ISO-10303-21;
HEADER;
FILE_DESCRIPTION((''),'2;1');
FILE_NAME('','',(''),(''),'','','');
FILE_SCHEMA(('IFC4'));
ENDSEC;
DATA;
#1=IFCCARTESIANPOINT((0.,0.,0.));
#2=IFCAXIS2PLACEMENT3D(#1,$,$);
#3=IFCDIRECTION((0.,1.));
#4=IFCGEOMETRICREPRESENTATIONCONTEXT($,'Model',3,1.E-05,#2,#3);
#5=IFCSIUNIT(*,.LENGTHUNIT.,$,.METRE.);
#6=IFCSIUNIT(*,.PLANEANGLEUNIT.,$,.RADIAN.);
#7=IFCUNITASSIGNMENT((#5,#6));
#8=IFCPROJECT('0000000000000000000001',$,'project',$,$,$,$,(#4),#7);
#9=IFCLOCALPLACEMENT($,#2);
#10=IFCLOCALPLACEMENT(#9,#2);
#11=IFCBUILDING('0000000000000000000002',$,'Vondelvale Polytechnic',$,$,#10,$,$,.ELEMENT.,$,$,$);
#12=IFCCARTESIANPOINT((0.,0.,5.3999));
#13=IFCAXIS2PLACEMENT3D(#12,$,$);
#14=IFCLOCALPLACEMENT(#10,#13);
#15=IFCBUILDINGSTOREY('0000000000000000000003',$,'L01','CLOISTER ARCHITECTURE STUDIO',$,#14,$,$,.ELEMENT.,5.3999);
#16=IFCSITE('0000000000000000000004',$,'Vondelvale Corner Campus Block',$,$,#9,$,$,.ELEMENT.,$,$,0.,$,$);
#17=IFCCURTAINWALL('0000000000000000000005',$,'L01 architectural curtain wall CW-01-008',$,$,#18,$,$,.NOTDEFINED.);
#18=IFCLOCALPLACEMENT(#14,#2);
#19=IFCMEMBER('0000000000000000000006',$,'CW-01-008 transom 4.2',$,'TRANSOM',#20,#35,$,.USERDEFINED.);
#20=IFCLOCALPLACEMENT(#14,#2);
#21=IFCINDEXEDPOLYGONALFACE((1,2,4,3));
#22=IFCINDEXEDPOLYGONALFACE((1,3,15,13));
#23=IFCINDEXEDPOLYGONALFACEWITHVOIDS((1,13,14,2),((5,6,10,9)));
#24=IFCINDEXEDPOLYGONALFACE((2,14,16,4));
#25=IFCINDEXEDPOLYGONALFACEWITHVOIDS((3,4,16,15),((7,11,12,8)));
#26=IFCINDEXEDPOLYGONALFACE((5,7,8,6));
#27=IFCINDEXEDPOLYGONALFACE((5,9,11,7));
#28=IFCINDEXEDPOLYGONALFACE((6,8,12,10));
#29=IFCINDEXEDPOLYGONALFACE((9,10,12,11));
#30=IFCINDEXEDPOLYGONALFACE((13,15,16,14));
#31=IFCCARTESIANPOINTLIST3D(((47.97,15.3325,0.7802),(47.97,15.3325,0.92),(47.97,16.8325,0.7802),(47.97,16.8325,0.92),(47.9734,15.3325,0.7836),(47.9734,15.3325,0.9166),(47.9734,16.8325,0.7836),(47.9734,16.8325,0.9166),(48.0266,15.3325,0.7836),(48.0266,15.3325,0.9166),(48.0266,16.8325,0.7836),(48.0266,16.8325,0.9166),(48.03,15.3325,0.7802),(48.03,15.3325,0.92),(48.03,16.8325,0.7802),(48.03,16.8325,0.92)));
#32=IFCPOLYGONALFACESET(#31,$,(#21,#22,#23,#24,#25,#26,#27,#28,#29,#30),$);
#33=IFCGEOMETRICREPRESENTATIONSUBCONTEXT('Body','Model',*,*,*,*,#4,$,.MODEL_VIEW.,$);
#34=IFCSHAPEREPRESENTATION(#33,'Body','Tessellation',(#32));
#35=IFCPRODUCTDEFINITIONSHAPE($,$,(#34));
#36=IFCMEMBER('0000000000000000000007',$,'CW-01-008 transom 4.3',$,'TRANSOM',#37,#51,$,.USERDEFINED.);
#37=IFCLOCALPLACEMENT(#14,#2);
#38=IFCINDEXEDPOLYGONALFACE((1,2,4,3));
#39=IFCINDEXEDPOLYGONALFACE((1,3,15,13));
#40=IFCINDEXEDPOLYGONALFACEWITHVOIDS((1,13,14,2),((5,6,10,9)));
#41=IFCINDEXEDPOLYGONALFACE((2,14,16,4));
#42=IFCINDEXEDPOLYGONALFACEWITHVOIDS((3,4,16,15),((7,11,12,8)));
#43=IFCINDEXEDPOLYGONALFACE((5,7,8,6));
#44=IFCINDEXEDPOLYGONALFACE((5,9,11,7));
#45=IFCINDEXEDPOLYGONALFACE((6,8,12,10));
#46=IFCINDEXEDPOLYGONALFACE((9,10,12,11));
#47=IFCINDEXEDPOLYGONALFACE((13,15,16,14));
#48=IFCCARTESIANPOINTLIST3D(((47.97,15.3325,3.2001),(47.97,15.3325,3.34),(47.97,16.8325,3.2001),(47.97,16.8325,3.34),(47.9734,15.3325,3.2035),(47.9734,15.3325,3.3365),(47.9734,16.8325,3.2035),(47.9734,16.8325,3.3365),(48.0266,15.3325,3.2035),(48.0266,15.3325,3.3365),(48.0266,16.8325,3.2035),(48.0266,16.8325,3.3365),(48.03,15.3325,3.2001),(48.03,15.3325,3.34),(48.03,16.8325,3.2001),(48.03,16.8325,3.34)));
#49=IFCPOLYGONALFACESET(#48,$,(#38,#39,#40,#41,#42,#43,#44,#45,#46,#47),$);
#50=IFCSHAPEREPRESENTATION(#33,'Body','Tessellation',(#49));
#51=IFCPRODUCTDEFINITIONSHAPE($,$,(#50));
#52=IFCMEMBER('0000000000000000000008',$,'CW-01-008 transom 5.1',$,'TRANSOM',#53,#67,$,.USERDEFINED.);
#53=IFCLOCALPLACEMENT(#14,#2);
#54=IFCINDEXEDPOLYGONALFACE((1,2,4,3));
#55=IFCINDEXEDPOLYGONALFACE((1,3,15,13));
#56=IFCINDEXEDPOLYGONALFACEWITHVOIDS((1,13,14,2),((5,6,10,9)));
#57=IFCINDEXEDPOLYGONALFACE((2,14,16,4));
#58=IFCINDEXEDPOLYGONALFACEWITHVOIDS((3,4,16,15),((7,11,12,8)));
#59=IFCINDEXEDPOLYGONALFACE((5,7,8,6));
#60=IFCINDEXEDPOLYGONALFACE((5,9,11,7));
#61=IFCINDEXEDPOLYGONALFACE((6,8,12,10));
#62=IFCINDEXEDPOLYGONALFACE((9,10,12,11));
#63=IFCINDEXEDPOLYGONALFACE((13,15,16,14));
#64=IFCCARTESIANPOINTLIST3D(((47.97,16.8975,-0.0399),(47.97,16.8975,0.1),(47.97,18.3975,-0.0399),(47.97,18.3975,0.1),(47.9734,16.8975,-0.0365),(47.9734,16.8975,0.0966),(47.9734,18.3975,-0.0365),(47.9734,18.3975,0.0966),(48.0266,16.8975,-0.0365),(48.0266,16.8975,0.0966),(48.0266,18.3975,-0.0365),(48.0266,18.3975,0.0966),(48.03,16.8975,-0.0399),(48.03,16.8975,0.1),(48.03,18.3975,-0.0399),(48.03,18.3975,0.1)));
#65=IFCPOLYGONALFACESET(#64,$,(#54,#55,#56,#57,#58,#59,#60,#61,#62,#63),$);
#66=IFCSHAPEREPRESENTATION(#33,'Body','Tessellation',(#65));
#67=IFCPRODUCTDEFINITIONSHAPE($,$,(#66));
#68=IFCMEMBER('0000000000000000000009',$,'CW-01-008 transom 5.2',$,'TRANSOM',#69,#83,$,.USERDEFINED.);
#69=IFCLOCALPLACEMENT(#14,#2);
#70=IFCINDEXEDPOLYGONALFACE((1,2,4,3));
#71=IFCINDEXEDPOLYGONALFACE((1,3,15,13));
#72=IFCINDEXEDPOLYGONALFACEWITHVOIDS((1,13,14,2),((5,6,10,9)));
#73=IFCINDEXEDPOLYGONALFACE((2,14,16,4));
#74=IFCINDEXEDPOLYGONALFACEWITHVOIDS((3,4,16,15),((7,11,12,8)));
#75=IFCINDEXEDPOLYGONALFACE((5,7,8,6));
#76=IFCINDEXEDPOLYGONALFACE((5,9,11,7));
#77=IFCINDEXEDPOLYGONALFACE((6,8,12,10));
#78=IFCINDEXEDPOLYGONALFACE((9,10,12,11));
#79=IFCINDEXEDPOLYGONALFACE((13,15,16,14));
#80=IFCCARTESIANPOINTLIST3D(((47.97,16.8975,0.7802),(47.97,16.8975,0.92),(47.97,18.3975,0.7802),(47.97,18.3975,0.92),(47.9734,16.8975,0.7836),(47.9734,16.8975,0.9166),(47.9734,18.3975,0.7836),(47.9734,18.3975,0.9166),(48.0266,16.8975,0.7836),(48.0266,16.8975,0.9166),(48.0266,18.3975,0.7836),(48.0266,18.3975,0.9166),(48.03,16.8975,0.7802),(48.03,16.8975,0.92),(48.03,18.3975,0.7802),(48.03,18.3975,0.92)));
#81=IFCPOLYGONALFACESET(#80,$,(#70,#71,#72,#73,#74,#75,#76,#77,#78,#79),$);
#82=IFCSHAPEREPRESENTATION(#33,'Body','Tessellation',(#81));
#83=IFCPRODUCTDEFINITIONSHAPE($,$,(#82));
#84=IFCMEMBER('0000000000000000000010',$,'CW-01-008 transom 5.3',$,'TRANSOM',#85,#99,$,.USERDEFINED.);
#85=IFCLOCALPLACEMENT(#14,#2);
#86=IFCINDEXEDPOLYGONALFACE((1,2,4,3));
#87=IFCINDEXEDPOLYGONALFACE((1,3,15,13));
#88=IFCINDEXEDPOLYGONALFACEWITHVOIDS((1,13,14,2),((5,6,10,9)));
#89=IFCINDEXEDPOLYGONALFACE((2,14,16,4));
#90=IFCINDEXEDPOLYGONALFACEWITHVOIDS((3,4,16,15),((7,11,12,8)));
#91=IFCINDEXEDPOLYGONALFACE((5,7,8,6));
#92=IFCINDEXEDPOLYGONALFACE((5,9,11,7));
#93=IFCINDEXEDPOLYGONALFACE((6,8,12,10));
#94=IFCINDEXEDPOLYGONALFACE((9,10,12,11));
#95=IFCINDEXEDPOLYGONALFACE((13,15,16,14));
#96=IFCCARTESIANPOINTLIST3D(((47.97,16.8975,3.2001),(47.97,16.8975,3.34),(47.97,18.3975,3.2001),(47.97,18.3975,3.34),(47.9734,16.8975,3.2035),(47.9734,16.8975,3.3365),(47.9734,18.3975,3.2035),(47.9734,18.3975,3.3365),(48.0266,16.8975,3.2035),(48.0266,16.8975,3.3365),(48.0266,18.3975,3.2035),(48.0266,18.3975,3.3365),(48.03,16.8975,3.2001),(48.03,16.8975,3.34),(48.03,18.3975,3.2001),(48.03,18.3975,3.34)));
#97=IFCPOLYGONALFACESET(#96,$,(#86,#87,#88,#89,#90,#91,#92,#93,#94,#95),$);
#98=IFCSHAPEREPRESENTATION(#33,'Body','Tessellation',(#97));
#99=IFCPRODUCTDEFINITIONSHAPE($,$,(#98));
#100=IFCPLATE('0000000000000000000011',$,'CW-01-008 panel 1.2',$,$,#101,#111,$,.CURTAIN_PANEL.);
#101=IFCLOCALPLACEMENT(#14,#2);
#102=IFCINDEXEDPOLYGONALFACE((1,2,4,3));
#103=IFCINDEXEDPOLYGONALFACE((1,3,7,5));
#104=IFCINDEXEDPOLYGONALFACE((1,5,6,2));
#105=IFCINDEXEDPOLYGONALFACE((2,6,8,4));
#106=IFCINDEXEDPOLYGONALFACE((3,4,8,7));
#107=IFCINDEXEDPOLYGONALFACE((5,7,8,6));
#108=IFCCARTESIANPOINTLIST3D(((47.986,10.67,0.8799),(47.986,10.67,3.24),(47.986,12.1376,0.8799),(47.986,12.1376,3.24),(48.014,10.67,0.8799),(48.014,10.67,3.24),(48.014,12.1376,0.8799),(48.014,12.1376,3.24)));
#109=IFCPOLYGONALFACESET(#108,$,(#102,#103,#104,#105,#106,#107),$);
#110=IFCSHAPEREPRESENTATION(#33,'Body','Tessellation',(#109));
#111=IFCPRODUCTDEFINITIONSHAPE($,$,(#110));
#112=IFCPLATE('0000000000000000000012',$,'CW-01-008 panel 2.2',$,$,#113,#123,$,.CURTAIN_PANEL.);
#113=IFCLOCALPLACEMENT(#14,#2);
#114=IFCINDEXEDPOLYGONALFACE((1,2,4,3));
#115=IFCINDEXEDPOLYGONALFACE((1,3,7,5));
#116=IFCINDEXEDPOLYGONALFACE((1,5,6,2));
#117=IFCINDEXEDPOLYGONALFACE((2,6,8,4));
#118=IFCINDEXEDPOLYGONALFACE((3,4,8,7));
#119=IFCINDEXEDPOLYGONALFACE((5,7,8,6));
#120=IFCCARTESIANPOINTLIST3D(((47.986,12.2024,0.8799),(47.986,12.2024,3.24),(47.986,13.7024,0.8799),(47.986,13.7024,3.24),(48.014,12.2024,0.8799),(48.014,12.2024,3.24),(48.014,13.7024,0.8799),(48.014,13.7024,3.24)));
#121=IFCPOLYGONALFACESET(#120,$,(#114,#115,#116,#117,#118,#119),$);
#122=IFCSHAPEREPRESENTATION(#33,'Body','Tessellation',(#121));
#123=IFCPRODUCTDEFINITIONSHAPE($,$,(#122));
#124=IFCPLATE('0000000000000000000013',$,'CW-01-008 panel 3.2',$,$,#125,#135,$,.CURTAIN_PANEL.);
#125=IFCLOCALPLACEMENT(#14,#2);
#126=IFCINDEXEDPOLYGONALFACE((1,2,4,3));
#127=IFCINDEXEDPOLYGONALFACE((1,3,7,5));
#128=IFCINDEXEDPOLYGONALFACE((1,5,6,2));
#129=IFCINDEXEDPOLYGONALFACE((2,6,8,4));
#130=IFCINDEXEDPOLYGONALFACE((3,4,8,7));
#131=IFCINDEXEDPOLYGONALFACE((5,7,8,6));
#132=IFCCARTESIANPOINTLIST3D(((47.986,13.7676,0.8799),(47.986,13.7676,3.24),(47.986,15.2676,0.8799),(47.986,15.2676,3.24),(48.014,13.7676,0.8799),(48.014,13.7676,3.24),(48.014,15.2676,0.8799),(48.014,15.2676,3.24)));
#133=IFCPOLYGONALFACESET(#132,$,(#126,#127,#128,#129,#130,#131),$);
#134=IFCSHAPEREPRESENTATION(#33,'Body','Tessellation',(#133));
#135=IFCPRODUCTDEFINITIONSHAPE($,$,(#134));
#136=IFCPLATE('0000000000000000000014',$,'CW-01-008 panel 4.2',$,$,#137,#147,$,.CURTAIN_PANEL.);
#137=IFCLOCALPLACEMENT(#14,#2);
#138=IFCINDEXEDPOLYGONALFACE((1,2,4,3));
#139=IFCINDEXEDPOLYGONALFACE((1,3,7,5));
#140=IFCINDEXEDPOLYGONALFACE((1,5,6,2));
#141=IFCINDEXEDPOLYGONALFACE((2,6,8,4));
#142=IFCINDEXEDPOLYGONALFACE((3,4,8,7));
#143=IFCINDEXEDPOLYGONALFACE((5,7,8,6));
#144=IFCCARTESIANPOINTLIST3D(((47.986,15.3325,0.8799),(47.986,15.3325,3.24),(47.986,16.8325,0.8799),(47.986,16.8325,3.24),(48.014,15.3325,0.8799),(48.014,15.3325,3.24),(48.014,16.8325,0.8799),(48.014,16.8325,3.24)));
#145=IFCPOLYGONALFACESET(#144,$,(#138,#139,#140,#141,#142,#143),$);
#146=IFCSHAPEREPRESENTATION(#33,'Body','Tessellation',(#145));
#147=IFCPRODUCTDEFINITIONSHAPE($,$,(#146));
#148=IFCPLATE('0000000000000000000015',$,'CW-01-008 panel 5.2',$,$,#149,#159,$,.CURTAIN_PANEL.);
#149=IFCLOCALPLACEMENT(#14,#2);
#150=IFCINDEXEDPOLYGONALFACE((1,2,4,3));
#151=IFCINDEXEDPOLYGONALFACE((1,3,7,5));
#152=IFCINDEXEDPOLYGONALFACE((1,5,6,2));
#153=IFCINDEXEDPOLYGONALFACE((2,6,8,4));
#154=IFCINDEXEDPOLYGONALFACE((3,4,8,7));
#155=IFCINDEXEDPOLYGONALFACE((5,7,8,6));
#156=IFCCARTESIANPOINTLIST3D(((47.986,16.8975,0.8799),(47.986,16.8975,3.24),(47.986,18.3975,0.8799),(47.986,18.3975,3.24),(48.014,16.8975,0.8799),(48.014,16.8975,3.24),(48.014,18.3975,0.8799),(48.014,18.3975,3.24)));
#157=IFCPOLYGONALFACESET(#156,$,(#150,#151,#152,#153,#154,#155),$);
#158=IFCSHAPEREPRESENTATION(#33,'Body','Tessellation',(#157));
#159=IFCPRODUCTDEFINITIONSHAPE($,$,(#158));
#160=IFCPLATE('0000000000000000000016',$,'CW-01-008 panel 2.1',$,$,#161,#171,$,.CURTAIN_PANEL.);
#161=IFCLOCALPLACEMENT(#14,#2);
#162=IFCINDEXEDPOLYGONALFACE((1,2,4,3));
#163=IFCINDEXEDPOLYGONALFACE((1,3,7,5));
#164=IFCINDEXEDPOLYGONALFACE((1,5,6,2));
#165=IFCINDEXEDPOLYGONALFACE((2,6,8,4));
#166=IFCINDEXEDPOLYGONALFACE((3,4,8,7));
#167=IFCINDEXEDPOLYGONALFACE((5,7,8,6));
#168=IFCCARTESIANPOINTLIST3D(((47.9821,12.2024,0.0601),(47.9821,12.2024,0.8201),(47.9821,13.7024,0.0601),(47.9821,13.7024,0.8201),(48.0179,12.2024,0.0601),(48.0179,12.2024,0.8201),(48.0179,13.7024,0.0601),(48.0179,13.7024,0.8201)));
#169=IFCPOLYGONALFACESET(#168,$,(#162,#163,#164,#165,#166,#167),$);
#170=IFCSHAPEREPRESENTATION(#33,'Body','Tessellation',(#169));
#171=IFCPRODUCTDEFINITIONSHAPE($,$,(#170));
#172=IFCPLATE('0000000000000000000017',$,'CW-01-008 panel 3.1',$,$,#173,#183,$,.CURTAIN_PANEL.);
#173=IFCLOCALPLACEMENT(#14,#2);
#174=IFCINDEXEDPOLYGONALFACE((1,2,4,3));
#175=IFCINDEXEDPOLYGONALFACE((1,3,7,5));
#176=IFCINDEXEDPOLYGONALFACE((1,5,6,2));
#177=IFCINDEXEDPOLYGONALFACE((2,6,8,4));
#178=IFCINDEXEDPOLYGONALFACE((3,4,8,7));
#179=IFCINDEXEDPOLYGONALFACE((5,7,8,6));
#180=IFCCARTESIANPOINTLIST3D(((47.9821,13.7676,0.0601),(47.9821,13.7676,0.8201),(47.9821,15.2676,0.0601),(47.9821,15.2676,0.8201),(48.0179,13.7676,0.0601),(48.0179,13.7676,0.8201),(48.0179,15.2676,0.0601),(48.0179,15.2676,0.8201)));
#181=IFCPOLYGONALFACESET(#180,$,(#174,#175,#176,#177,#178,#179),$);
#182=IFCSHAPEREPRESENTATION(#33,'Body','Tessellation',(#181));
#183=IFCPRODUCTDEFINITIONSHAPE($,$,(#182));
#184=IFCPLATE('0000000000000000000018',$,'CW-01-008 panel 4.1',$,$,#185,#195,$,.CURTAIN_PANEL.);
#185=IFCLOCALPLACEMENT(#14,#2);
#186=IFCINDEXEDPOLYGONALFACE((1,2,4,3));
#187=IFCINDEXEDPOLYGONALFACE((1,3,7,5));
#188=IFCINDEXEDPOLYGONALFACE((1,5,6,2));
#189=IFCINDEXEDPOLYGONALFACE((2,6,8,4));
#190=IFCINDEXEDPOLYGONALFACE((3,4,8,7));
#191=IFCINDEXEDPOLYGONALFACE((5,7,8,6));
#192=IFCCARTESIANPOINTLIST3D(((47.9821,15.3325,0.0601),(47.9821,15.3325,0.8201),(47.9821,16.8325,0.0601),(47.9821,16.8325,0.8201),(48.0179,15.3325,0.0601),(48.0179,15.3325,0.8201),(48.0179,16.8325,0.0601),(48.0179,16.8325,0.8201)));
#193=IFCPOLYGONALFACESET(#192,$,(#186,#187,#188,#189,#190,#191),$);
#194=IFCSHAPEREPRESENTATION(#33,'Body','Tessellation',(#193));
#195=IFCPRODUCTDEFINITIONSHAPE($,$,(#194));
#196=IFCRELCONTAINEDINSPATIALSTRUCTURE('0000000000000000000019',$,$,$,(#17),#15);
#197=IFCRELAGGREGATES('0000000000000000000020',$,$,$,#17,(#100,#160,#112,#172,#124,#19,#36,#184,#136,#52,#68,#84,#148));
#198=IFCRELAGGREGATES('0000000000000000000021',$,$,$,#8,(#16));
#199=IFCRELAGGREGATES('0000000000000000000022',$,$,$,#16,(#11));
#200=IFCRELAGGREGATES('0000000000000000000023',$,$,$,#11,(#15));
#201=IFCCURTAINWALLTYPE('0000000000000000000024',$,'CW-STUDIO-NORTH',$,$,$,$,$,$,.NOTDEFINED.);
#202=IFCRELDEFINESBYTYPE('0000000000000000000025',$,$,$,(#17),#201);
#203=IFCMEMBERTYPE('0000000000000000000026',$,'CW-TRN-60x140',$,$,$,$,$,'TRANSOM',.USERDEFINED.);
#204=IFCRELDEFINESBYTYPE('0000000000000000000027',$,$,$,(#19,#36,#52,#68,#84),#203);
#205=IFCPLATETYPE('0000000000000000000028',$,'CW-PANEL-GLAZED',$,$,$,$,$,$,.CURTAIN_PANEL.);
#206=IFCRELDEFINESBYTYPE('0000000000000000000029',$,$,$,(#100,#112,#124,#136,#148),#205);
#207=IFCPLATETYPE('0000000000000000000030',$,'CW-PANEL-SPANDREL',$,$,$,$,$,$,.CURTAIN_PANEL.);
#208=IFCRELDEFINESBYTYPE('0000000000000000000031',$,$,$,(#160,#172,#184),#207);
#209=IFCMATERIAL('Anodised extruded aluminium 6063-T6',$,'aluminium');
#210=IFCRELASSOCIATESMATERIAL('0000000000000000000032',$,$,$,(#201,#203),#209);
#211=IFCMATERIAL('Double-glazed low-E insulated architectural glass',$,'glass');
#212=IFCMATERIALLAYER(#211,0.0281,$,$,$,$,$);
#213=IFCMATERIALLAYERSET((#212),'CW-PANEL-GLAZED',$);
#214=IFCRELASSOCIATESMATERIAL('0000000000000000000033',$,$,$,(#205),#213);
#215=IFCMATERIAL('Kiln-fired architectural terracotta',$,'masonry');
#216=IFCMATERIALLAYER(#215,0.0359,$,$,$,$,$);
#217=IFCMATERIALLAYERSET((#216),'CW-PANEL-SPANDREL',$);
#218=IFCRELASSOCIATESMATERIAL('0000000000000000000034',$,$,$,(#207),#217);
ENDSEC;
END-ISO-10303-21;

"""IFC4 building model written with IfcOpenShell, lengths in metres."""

from ifc_helpers import new_model, si_unit, direction, frame, origin, origin_2d, place, context, subcontext, project, spatial, rectangle, hollow_rectangle, extrude, material, layer, layer_set, material_profile, profile_set, type_object, element, aggregate, save


model = new_model("IFC4")

# Units and contexts
model_context = context("Model", 3, precision=1e-05, world=origin(), true_north=direction((0.0, 1.0)))
body_context = subcontext(model_context, "Body", "Model", "MODEL_VIEW")
ifc_project = project(units=[si_unit("LENGTHUNIT", "METRE"), si_unit("PLANEANGLEUNIT", "RADIAN")], contexts=[model_context])

# Site, building, storey
site_placement = place(None, origin())
site = spatial("IfcSite", under=ifc_project, at=site_placement, Name="Vondelvale Corner Campus Block", CompositionType="ELEMENT", RefElevation=0.0)
building_placement = place(site_placement, origin())
building = spatial("IfcBuilding", under=site, at=building_placement, Name="Vondelvale Polytechnic", CompositionType="ELEMENT")
storey_placement = place(building_placement, frame((0.0, 0.0, 5.3999)))
storey = spatial("IfcBuildingStorey", under=building, at=storey_placement, Name="L01", Description="CLOISTER ARCHITECTURE STUDIO", CompositionType="ELEMENT", Elevation=5.3999)

# Curtain wall, members, plates
ifc_material_1 = material(Name="Anodised extruded aluminium 6063-T6", Category="aluminium")
curtain_wall_type = type_object("IfcCurtainWallType", Name="CW-STUDIO-NORTH", PredefinedType="NOTDEFINED", material=ifc_material_1)
curtain_wall_placement = place(storey_placement, origin())
curtain_wall = element("IfcCurtainWall", 1, at=curtain_wall_placement, inside=storey, type_object=curtain_wall_type, Name="L01 architectural curtain wall CW-01-008", PredefinedType="NOTDEFINED")
ifc_material_profile_1 = material_profile(ifc_material_1, hollow_rectangle(XDim=0.0601, YDim=0.1399, WallThickness=0.0034, at=origin_2d()), Name="CW-TRN-140x60")
ifc_profile_set_1 = profile_set([ifc_material_profile_1], Name="Anodised extruded aluminium 6063-T6")
member_type_1 = type_object("IfcMemberType", Name="CW-TRN-60x140", ElementType="TRANSOM", PredefinedType="USERDEFINED", material=ifc_profile_set_1)
member_1_placement = place(storey_placement, frame((48.0, 15.3325, 0.8501), z_axis=(0.0, 1.0, 0.0), x_axis=(-1.0, 0.0, 0.0)))
member_1 = element("IfcMember", 2, at=member_1_placement, type_object=member_type_1, Name="CW-01-008 transom 4.2", ObjectType="TRANSOM", PredefinedType="USERDEFINED", context=body_context, shape_type="SweptSolid", body=[
    extrude(hollow_rectangle(XDim=0.0601, YDim=0.1399, WallThickness=0.0034, at=origin_2d()), origin(), (0.0, 0.0, 1.0), 1.5),
])
member_2_placement = place(storey_placement, frame((48.0, 15.3325, 3.27), z_axis=(0.0, 1.0, 0.0), x_axis=(-1.0, 0.0, 0.0)))
member_2 = element("IfcMember", 3, at=member_2_placement, type_object=member_type_1, Name="CW-01-008 transom 4.3", ObjectType="TRANSOM", PredefinedType="USERDEFINED", context=body_context, shape_type="SweptSolid", body=[
    extrude(hollow_rectangle(XDim=0.0601, YDim=0.1399, WallThickness=0.0034, at=origin_2d()), origin(), (0.0, 0.0, 1.0), 1.5),
])
member_3_placement = place(storey_placement, frame((48.0, 16.8975, 0.03), z_axis=(0.0, 1.0, 0.0), x_axis=(-1.0, 0.0, 0.0)))
member_3 = element("IfcMember", 4, at=member_3_placement, type_object=member_type_1, Name="CW-01-008 transom 5.1", ObjectType="TRANSOM", PredefinedType="USERDEFINED", context=body_context, shape_type="SweptSolid", body=[
    extrude(hollow_rectangle(XDim=0.0601, YDim=0.1399, WallThickness=0.0034, at=origin_2d()), origin(), (0.0, 0.0, 1.0), 1.5),
])
member_4_placement = place(storey_placement, frame((48.0, 16.8975, 0.8501), z_axis=(0.0, 1.0, 0.0), x_axis=(-1.0, 0.0, 0.0)))
member_4 = element("IfcMember", 5, at=member_4_placement, type_object=member_type_1, Name="CW-01-008 transom 5.2", ObjectType="TRANSOM", PredefinedType="USERDEFINED", context=body_context, shape_type="SweptSolid", body=[
    extrude(hollow_rectangle(XDim=0.0601, YDim=0.1399, WallThickness=0.0034, at=origin_2d()), origin(), (0.0, 0.0, 1.0), 1.5),
])
member_5_placement = place(storey_placement, frame((48.0, 16.8975, 3.27), z_axis=(0.0, 1.0, 0.0), x_axis=(-1.0, 0.0, 0.0)))
member_5 = element("IfcMember", 6, at=member_5_placement, type_object=member_type_1, Name="CW-01-008 transom 5.3", ObjectType="TRANSOM", PredefinedType="USERDEFINED", context=body_context, shape_type="SweptSolid", body=[
    extrude(hollow_rectangle(XDim=0.0601, YDim=0.1399, WallThickness=0.0034, at=origin_2d()), origin(), (0.0, 0.0, 1.0), 1.5),
])
ifc_material_2 = material(Name="Double-glazed low-E insulated architectural glass", Category="glass")
ifc_layer_1 = layer(ifc_material_2, 0.0281)
ifc_layer_set_1 = layer_set([ifc_layer_1], Name="CW-PANEL-GLAZED")
plate_type_1 = type_object("IfcPlateType", Name="CW-PANEL-GLAZED", PredefinedType="CURTAIN_PANEL", material=ifc_layer_set_1)
plate_1_placement = place(storey_placement, frame((48.0, 11.4038, 0.8799), z_axis=(0.0, 0.0, 1.0), x_axis=(0.0, 1.0, 0.0)))
plate_1 = element("IfcPlate", 7, at=plate_1_placement, type_object=plate_type_1, Name="CW-01-008 panel 1.2", PredefinedType="CURTAIN_PANEL", context=body_context, shape_type="SweptSolid", body=[
    extrude(rectangle(XDim=1.4675, YDim=0.0281, at=origin_2d()), origin(), (0.0, 0.0, 1.0), 2.3601),
])
plate_2_placement = place(storey_placement, frame((48.0, 12.9524, 0.8799), z_axis=(0.0, 0.0, 1.0), x_axis=(0.0, 1.0, 0.0)))
plate_2 = element("IfcPlate", 8, at=plate_2_placement, type_object=plate_type_1, Name="CW-01-008 panel 2.2", PredefinedType="CURTAIN_PANEL", context=body_context, shape_type="SweptSolid", body=[
    extrude(rectangle(XDim=1.5, YDim=0.0281, at=origin_2d()), origin(), (0.0, 0.0, 1.0), 2.3601),
])
plate_3_placement = place(storey_placement, frame((48.0, 14.5176, 0.8799), z_axis=(0.0, 0.0, 1.0), x_axis=(0.0, 1.0, 0.0)))
plate_3 = element("IfcPlate", 9, at=plate_3_placement, type_object=plate_type_1, Name="CW-01-008 panel 3.2", PredefinedType="CURTAIN_PANEL", context=body_context, shape_type="SweptSolid", body=[
    extrude(rectangle(XDim=1.5, YDim=0.0281, at=origin_2d()), origin(), (0.0, 0.0, 1.0), 2.3601),
])
plate_4_placement = place(storey_placement, frame((48.0, 16.0825, 0.8799), z_axis=(0.0, 0.0, 1.0), x_axis=(0.0, 1.0, 0.0)))
plate_4 = element("IfcPlate", 10, at=plate_4_placement, type_object=plate_type_1, Name="CW-01-008 panel 4.2", PredefinedType="CURTAIN_PANEL", context=body_context, shape_type="SweptSolid", body=[
    extrude(rectangle(XDim=1.5, YDim=0.0281, at=origin_2d()), origin(), (0.0, 0.0, 1.0), 2.3601),
])
plate_5_placement = place(storey_placement, frame((48.0, 17.6475, 0.8799), z_axis=(0.0, 0.0, 1.0), x_axis=(0.0, 1.0, 0.0)))
plate_5 = element("IfcPlate", 11, at=plate_5_placement, type_object=plate_type_1, Name="CW-01-008 panel 5.2", PredefinedType="CURTAIN_PANEL", context=body_context, shape_type="SweptSolid", body=[
    extrude(rectangle(XDim=1.5, YDim=0.0281, at=origin_2d()), origin(), (0.0, 0.0, 1.0), 2.3601),
])
ifc_material_3 = material(Name="Kiln-fired architectural terracotta", Category="masonry")
ifc_layer_2 = layer(ifc_material_3, 0.0359)
ifc_layer_set_2 = layer_set([ifc_layer_2], Name="CW-PANEL-SPANDREL")
plate_type_2 = type_object("IfcPlateType", Name="CW-PANEL-SPANDREL", PredefinedType="CURTAIN_PANEL", material=ifc_layer_set_2)
plate_6_placement = place(storey_placement, frame((48.0, 12.9524, 0.0601), z_axis=(0.0, 0.0, 1.0), x_axis=(0.0, 1.0, 0.0)))
plate_6 = element("IfcPlate", 12, at=plate_6_placement, type_object=plate_type_2, Name="CW-01-008 panel 2.1", PredefinedType="CURTAIN_PANEL", context=body_context, shape_type="SweptSolid", body=[
    extrude(rectangle(XDim=1.5, YDim=0.0359, at=origin_2d()), origin(), (0.0, 0.0, 1.0), 0.76),
])
plate_7_placement = place(storey_placement, frame((48.0, 14.5176, 0.0601), z_axis=(0.0, 0.0, 1.0), x_axis=(0.0, 1.0, 0.0)))
plate_7 = element("IfcPlate", 13, at=plate_7_placement, type_object=plate_type_2, Name="CW-01-008 panel 3.1", PredefinedType="CURTAIN_PANEL", context=body_context, shape_type="SweptSolid", body=[
    extrude(rectangle(XDim=1.5, YDim=0.0359, at=origin_2d()), origin(), (0.0, 0.0, 1.0), 0.76),
])
plate_8_placement = place(storey_placement, frame((48.0, 16.0825, 0.0601), z_axis=(0.0, 0.0, 1.0), x_axis=(0.0, 1.0, 0.0)))
plate_8 = element("IfcPlate", 14, at=plate_8_placement, type_object=plate_type_2, Name="CW-01-008 panel 4.1", PredefinedType="CURTAIN_PANEL", context=body_context, shape_type="SweptSolid", body=[
    extrude(rectangle(XDim=1.5, YDim=0.0359, at=origin_2d()), origin(), (0.0, 0.0, 1.0), 0.76),
])
aggregate(curtain_wall, [plate_1, plate_6, plate_2, plate_7, plate_3, member_1, member_2, plate_8, plate_4, member_3, member_4, member_5, plate_5])

save(model, "model.ifc")
